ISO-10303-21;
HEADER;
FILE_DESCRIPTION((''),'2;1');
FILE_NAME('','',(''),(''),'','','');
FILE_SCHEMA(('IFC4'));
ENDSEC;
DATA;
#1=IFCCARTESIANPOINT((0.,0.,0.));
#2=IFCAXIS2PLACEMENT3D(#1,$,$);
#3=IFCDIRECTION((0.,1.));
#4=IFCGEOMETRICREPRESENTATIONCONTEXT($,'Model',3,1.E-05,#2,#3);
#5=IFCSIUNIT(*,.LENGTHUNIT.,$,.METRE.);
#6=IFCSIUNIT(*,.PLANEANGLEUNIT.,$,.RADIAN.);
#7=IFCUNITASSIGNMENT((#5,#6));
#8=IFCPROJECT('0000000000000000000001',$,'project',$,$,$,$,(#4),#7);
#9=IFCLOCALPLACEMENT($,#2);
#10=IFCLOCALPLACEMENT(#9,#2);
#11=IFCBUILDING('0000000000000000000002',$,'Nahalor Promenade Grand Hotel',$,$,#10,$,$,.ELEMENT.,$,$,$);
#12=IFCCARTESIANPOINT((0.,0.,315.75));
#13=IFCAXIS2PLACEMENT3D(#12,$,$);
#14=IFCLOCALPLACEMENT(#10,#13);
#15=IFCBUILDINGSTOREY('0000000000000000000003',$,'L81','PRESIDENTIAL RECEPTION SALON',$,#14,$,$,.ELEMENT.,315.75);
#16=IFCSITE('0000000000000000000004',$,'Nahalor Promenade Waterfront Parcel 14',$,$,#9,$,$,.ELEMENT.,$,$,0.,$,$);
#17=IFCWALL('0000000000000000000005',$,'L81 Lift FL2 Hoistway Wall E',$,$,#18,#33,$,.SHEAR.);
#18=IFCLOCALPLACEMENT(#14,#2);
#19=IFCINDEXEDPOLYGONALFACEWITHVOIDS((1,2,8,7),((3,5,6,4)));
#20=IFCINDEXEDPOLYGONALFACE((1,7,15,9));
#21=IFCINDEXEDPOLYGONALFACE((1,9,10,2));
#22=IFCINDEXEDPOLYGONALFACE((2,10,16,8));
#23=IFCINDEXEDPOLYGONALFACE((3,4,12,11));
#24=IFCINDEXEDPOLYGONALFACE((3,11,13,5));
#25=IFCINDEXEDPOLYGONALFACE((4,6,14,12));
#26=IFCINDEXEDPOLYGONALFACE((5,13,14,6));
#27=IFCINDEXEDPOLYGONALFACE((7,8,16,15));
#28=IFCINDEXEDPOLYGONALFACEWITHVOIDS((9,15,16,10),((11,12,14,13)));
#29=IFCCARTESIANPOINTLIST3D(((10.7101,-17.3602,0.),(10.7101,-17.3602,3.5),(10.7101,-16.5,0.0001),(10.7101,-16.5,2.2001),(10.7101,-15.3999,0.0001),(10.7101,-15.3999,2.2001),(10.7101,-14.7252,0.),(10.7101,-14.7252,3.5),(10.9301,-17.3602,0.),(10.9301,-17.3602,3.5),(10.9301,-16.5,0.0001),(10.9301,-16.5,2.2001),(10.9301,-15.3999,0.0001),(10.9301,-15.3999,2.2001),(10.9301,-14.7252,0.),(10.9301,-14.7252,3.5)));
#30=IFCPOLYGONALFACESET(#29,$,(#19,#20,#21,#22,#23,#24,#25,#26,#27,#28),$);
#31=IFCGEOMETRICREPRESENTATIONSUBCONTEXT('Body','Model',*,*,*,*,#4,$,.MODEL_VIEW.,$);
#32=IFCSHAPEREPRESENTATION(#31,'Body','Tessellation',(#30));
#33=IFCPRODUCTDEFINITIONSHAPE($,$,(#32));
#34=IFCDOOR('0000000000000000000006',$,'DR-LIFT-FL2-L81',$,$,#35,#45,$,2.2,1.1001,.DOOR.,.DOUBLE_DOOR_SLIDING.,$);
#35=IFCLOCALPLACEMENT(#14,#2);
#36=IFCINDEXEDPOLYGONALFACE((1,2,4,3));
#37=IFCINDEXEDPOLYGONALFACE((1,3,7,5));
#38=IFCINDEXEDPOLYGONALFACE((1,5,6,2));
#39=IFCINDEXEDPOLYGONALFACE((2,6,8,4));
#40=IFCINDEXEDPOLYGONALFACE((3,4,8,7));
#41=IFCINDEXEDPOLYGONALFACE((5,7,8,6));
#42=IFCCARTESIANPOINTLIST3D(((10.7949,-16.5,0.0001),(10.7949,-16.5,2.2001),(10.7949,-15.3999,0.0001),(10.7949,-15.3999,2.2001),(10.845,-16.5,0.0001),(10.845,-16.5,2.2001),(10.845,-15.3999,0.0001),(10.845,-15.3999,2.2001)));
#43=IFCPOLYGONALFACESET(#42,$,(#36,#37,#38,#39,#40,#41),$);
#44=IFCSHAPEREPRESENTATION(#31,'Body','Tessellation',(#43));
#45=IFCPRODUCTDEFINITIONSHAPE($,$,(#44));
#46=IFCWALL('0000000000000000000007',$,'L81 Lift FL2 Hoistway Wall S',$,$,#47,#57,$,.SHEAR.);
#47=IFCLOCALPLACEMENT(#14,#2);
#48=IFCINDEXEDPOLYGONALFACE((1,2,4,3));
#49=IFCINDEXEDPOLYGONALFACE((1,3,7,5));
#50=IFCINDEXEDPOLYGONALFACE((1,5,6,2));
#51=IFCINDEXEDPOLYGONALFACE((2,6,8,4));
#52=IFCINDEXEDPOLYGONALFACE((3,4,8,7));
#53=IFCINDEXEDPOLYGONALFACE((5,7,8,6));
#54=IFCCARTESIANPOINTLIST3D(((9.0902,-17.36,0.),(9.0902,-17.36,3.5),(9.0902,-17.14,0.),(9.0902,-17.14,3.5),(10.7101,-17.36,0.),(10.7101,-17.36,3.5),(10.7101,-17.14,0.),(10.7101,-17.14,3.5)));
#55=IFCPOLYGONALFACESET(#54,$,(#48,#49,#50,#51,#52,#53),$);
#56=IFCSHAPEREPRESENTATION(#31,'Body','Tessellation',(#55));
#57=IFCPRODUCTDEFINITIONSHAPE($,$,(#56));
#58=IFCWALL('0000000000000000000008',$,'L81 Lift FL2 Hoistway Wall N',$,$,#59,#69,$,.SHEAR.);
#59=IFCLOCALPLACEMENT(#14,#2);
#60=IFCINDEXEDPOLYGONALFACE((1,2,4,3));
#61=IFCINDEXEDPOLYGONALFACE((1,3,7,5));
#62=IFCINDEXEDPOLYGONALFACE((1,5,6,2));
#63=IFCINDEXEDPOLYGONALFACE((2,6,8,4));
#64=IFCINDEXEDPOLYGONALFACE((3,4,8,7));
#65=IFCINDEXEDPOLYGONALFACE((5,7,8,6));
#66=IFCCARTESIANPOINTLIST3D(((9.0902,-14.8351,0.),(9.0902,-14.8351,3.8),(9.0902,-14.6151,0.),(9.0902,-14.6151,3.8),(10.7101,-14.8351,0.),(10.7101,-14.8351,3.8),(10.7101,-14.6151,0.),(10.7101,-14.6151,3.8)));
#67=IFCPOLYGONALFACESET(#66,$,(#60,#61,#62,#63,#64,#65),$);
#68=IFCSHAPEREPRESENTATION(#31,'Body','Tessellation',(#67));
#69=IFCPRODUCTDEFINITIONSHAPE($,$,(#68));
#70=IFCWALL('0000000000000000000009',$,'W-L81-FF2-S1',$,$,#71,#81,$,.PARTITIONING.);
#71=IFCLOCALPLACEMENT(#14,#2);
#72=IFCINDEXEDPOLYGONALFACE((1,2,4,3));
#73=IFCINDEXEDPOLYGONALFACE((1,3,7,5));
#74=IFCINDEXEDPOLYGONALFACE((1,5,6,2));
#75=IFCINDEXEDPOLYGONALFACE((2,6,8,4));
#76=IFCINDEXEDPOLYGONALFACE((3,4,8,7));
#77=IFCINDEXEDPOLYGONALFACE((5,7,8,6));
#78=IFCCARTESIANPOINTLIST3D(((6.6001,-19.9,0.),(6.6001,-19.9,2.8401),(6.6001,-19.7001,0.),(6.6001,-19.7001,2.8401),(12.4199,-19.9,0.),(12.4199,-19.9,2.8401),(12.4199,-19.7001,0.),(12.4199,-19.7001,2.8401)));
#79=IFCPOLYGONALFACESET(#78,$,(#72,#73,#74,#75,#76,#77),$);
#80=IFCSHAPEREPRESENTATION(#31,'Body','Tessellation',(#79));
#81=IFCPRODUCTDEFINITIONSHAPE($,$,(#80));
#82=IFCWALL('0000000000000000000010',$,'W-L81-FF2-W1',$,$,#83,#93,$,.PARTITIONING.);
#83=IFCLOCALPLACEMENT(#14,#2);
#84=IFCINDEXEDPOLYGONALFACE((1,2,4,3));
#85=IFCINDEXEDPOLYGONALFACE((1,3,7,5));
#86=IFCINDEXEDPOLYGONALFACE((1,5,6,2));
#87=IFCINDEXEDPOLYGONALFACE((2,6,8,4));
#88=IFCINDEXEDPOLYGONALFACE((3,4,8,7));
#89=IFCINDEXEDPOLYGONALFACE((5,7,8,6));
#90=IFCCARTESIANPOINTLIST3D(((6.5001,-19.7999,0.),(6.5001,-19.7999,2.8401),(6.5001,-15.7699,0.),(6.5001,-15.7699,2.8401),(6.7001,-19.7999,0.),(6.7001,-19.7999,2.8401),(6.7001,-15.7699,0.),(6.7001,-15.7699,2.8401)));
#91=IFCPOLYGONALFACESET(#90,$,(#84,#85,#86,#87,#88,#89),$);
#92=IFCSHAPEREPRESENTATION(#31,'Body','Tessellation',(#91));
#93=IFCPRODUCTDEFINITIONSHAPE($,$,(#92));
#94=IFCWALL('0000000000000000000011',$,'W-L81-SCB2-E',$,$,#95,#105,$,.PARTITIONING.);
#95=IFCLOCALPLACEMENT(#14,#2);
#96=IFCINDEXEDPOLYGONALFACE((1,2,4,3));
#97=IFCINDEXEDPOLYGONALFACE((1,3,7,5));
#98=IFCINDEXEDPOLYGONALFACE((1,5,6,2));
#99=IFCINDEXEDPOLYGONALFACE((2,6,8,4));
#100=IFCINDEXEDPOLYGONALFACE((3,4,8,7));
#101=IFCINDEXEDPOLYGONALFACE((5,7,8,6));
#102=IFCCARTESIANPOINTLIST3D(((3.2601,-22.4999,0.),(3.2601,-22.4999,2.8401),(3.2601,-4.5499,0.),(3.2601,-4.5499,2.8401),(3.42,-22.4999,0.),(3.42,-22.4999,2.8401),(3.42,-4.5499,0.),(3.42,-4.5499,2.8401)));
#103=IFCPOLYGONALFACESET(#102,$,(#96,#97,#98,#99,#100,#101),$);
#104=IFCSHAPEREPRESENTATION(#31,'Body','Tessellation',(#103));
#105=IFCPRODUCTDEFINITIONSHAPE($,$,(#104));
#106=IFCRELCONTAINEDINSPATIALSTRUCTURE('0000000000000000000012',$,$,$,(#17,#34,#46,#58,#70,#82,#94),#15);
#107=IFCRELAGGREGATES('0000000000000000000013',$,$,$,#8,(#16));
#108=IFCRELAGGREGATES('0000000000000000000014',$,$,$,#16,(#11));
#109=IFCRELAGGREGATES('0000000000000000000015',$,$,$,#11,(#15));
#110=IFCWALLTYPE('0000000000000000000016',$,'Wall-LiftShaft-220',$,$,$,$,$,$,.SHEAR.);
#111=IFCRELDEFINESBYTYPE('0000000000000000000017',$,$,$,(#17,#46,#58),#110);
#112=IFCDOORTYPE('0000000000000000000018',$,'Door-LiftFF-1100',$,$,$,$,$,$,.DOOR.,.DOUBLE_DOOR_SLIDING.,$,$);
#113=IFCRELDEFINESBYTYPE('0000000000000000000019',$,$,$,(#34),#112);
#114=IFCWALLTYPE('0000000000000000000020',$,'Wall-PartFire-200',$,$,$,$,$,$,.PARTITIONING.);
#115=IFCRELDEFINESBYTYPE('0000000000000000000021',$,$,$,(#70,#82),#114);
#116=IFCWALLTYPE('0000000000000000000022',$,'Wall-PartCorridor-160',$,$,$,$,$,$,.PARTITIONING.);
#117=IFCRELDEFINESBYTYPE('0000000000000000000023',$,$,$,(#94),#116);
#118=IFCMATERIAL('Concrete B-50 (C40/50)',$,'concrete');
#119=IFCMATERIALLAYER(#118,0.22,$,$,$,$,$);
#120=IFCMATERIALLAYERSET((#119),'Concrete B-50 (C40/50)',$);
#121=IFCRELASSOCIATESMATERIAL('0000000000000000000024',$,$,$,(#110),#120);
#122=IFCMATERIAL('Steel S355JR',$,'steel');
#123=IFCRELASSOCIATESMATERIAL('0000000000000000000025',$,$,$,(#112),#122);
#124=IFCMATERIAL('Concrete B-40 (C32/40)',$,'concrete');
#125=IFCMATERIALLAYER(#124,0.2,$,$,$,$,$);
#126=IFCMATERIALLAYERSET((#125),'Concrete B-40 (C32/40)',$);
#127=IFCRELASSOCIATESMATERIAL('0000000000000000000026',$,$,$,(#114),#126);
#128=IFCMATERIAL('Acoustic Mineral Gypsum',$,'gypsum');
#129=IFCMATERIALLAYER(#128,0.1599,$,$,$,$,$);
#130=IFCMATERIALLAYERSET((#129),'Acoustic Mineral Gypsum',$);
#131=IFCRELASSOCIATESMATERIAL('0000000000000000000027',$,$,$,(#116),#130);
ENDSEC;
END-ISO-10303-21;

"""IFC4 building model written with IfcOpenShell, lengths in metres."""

from ifc_helpers import new_model, si_unit, direction, frame, frame_2d, origin, place, context, subcontext, project, spatial, rectangle, extrude, source, transform, mapped, material, layer, layer_set, type_object, element, fill, save


model = new_model("IFC4")

# Units and contexts
model_context = context("Model", 3, precision=1e-05, world=origin(), true_north=direction((0.0, 1.0)))
body_context = subcontext(model_context, "Body", "Model", "MODEL_VIEW")
ifc_project = project(units=[si_unit("LENGTHUNIT", "METRE"), si_unit("PLANEANGLEUNIT", "RADIAN")], contexts=[model_context])

# Site, building, storey
site_placement = place(None, origin())
site = spatial("IfcSite", under=ifc_project, at=site_placement, Name="Nahalor Promenade Waterfront Parcel 14", CompositionType="ELEMENT", RefElevation=0.0)
building_placement = place(site_placement, origin())
building = spatial("IfcBuilding", under=site, at=building_placement, Name="Nahalor Promenade Grand Hotel", CompositionType="ELEMENT")
storey_placement = place(building_placement, frame((0.0, 0.0, 315.75)))
storey = spatial("IfcBuildingStorey", under=building, at=storey_placement, Name="L81", Description="PRESIDENTIAL RECEPTION SALON", CompositionType="ELEMENT", Elevation=315.75)

# Shared definitions
ifc_material_1 = material(Name="Concrete B-50 (C40/50)", Category="concrete")
ifc_material_2 = material(Name="Steel S355JR", Category="steel")

# Shared definitions
ifc_layer_1 = layer(ifc_material_1, 0.22)
ifc_layer_set_1 = layer_set([ifc_layer_1], Name="Concrete B-50 (C40/50)")
wall_type_1 = type_object("IfcWallType", Name="Wall-LiftShaft-220", PredefinedType="SHEAR", material=ifc_layer_set_1)

# Shared definitions
shared_shape_1 = source(origin(), body_context, "Body", "SweptSolid", [
    extrude(rectangle(XDim=2.635, YDim=0.22, at=frame_2d((1.3174, 0.0))), origin(), (0.0, 0.0, 1.0), 3.5),
])

# Wall, opening, door
wall_1_placement = place(storey_placement, frame((10.8201, -17.3601, 0.0), z_axis=(0.0, 0.0, 1.0), x_axis=(0.0, 1.0, 0.0)))
wall_1 = element("IfcWall", 1, at=wall_1_placement, inside=storey, type_object=wall_type_1, Name="L81 Lift FL2 Hoistway Wall E", PredefinedType="SHEAR", context=body_context, shape_type="MappedRepresentation", body=[
    mapped(shared_shape_1, transform((0.0, 0.0, 0.0), scale=1.0)),
])
opening_1_placement = place(wall_1_placement, frame((0.8601, 0.0, 0.0)))
opening_1 = element("IfcOpeningElement", 2, at=opening_1_placement, cuts=wall_1, PredefinedType="OPENING", context=body_context, shape_type="SweptSolid", body=[
    extrude(rectangle(XDim=1.1001, YDim=2.2, at=frame_2d((0.55, 1.1001))), frame((0.0, 0.1199, 0.0), z_axis=(0.0, -1.0, 0.0), x_axis=(1.0, 0.0, 0.0)), (0.0, 0.0, 1.0), 0.24),
])
door_type_1 = type_object("IfcDoorType", Name="Door-LiftFF-1100", OperationType="DOUBLE_DOOR_SLIDING", PredefinedType="DOOR", material=ifc_material_2)
shared_shape_2 = source(origin(), body_context, "Body", "SweptSolid", [
    extrude(rectangle(XDim=1.1001, YDim=2.2, at=frame_2d((0.55, 1.1001))), frame((0.0, 0.0249, 0.0), z_axis=(0.0, -1.0, 0.0), x_axis=(1.0, 0.0, 0.0)), (0.0, 0.0, 1.0), 0.05),
])
door_1_placement = place(opening_1_placement, frame((1.1001, 0.0, 0.0), z_axis=(0.0, 0.0, 1.0), x_axis=(-1.0, 0.0, 0.0)))
door_1 = element("IfcDoor", 3, at=door_1_placement, inside=storey, type_object=door_type_1, Name="DR-LIFT-FL2-L81", OperationType="DOUBLE_DOOR_SLIDING", OverallHeight=2.2, OverallWidth=1.1001, PredefinedType="DOOR", context=body_context, shape_type="MappedRepresentation", body=[
    mapped(shared_shape_2, transform((0.0, 0.0, 0.0), scale=1.0)),
])
fill(opening_1, door_1)

# Walls
shared_shape_3 = source(origin(), body_context, "Body", "SweptSolid", [
    extrude(rectangle(XDim=1.6199, YDim=0.22, at=frame_2d((0.8101, 0.0))), origin(), (0.0, 0.0, 1.0), 3.5),
])
wall_2_placement = place(storey_placement, frame((9.0901, -17.25, 0.0), z_axis=(0.0, 0.0, 1.0), x_axis=(1.0, 0.0, 0.0)))
element("IfcWall", 4, at=wall_2_placement, inside=storey, type_object=wall_type_1, Name="L81 Lift FL2 Hoistway Wall S", PredefinedType="SHEAR", context=body_context, shape_type="MappedRepresentation", body=[
    mapped(shared_shape_3, transform((0.0, 0.0, 0.0), scale=1.0)),
])
shared_shape_4 = source(origin(), body_context, "Body", "SweptSolid", [
    extrude(rectangle(XDim=1.6199, YDim=0.22, at=frame_2d((0.8101, 0.0))), origin(), (0.0, 0.0, 1.0), 3.8),
])
wall_3_placement = place(storey_placement, frame((9.0901, -14.7251, 0.0), z_axis=(0.0, 0.0, 1.0), x_axis=(1.0, 0.0, 0.0)))
element("IfcWall", 5, at=wall_3_placement, inside=storey, type_object=wall_type_1, Name="L81 Lift FL2 Hoistway Wall N", PredefinedType="SHEAR", context=body_context, shape_type="MappedRepresentation", body=[
    mapped(shared_shape_4, transform((0.0, 0.0, 0.0), scale=1.0)),
])
ifc_material_3 = material(Name="Concrete B-40 (C32/40)", Category="concrete")
ifc_layer_2 = layer(ifc_material_3, 0.2)
ifc_layer_set_2 = layer_set([ifc_layer_2], Name="Concrete B-40 (C32/40)")
wall_type_2 = type_object("IfcWallType", Name="Wall-PartFire-200", PredefinedType="PARTITIONING", material=ifc_layer_set_2)
shared_shape_5 = source(origin(), body_context, "Body", "SweptSolid", [
    extrude(rectangle(XDim=5.8198, YDim=0.2, at=frame_2d((2.9099, 0.0))), origin(), (0.0, 0.0, 1.0), 2.8401),
])
wall_4_placement = place(storey_placement, frame((6.6001, -19.8, 0.0), z_axis=(0.0, 0.0, 1.0), x_axis=(1.0, 0.0, 0.0)))
element("IfcWall", 6, at=wall_4_placement, inside=storey, type_object=wall_type_2, Name="W-L81-FF2-S1", PredefinedType="PARTITIONING", context=body_context, shape_type="MappedRepresentation", body=[
    mapped(shared_shape_5, transform((0.0, 0.0, 0.0), scale=1.0)),
])
shared_shape_6 = source(origin(), body_context, "Body", "SweptSolid", [
    extrude(rectangle(XDim=4.03, YDim=0.2, at=frame_2d((2.0151, 0.0))), origin(), (0.0, 0.0, 1.0), 2.8401),
])
wall_5_placement = place(storey_placement, frame((6.6001, -19.8, 0.0), z_axis=(0.0, 0.0, 1.0), x_axis=(0.0, 1.0, 0.0)))
element("IfcWall", 7, at=wall_5_placement, inside=storey, type_object=wall_type_2, Name="W-L81-FF2-W1", PredefinedType="PARTITIONING", context=body_context, shape_type="MappedRepresentation", body=[
    mapped(shared_shape_6, transform((0.0, 0.0, 0.0), scale=1.0)),
])
ifc_material_4 = material(Name="Acoustic Mineral Gypsum", Category="gypsum")
ifc_layer_3 = layer(ifc_material_4, 0.1599)
ifc_layer_set_3 = layer_set([ifc_layer_3], Name="Acoustic Mineral Gypsum")
wall_type_3 = type_object("IfcWallType", Name="Wall-PartCorridor-160", PredefinedType="PARTITIONING", material=ifc_layer_set_3)
shared_shape_7 = source(origin(), body_context, "Body", "SweptSolid", [
    extrude(rectangle(XDim=17.95, YDim=0.1599, at=frame_2d((8.9751, 0.0))), origin(), (0.0, 0.0, 1.0), 2.8401),
])
wall_6_placement = place(storey_placement, frame((3.3401, -22.5, 0.0), z_axis=(0.0, 0.0, 1.0), x_axis=(0.0, 1.0, 0.0)))
element("IfcWall", 8, at=wall_6_placement, inside=storey, type_object=wall_type_3, Name="W-L81-SCB2-E", PredefinedType="PARTITIONING", context=body_context, shape_type="MappedRepresentation", body=[
    mapped(shared_shape_7, transform((0.0, 0.0, 0.0), scale=1.0)),
])

save(model, "model.ifc")
